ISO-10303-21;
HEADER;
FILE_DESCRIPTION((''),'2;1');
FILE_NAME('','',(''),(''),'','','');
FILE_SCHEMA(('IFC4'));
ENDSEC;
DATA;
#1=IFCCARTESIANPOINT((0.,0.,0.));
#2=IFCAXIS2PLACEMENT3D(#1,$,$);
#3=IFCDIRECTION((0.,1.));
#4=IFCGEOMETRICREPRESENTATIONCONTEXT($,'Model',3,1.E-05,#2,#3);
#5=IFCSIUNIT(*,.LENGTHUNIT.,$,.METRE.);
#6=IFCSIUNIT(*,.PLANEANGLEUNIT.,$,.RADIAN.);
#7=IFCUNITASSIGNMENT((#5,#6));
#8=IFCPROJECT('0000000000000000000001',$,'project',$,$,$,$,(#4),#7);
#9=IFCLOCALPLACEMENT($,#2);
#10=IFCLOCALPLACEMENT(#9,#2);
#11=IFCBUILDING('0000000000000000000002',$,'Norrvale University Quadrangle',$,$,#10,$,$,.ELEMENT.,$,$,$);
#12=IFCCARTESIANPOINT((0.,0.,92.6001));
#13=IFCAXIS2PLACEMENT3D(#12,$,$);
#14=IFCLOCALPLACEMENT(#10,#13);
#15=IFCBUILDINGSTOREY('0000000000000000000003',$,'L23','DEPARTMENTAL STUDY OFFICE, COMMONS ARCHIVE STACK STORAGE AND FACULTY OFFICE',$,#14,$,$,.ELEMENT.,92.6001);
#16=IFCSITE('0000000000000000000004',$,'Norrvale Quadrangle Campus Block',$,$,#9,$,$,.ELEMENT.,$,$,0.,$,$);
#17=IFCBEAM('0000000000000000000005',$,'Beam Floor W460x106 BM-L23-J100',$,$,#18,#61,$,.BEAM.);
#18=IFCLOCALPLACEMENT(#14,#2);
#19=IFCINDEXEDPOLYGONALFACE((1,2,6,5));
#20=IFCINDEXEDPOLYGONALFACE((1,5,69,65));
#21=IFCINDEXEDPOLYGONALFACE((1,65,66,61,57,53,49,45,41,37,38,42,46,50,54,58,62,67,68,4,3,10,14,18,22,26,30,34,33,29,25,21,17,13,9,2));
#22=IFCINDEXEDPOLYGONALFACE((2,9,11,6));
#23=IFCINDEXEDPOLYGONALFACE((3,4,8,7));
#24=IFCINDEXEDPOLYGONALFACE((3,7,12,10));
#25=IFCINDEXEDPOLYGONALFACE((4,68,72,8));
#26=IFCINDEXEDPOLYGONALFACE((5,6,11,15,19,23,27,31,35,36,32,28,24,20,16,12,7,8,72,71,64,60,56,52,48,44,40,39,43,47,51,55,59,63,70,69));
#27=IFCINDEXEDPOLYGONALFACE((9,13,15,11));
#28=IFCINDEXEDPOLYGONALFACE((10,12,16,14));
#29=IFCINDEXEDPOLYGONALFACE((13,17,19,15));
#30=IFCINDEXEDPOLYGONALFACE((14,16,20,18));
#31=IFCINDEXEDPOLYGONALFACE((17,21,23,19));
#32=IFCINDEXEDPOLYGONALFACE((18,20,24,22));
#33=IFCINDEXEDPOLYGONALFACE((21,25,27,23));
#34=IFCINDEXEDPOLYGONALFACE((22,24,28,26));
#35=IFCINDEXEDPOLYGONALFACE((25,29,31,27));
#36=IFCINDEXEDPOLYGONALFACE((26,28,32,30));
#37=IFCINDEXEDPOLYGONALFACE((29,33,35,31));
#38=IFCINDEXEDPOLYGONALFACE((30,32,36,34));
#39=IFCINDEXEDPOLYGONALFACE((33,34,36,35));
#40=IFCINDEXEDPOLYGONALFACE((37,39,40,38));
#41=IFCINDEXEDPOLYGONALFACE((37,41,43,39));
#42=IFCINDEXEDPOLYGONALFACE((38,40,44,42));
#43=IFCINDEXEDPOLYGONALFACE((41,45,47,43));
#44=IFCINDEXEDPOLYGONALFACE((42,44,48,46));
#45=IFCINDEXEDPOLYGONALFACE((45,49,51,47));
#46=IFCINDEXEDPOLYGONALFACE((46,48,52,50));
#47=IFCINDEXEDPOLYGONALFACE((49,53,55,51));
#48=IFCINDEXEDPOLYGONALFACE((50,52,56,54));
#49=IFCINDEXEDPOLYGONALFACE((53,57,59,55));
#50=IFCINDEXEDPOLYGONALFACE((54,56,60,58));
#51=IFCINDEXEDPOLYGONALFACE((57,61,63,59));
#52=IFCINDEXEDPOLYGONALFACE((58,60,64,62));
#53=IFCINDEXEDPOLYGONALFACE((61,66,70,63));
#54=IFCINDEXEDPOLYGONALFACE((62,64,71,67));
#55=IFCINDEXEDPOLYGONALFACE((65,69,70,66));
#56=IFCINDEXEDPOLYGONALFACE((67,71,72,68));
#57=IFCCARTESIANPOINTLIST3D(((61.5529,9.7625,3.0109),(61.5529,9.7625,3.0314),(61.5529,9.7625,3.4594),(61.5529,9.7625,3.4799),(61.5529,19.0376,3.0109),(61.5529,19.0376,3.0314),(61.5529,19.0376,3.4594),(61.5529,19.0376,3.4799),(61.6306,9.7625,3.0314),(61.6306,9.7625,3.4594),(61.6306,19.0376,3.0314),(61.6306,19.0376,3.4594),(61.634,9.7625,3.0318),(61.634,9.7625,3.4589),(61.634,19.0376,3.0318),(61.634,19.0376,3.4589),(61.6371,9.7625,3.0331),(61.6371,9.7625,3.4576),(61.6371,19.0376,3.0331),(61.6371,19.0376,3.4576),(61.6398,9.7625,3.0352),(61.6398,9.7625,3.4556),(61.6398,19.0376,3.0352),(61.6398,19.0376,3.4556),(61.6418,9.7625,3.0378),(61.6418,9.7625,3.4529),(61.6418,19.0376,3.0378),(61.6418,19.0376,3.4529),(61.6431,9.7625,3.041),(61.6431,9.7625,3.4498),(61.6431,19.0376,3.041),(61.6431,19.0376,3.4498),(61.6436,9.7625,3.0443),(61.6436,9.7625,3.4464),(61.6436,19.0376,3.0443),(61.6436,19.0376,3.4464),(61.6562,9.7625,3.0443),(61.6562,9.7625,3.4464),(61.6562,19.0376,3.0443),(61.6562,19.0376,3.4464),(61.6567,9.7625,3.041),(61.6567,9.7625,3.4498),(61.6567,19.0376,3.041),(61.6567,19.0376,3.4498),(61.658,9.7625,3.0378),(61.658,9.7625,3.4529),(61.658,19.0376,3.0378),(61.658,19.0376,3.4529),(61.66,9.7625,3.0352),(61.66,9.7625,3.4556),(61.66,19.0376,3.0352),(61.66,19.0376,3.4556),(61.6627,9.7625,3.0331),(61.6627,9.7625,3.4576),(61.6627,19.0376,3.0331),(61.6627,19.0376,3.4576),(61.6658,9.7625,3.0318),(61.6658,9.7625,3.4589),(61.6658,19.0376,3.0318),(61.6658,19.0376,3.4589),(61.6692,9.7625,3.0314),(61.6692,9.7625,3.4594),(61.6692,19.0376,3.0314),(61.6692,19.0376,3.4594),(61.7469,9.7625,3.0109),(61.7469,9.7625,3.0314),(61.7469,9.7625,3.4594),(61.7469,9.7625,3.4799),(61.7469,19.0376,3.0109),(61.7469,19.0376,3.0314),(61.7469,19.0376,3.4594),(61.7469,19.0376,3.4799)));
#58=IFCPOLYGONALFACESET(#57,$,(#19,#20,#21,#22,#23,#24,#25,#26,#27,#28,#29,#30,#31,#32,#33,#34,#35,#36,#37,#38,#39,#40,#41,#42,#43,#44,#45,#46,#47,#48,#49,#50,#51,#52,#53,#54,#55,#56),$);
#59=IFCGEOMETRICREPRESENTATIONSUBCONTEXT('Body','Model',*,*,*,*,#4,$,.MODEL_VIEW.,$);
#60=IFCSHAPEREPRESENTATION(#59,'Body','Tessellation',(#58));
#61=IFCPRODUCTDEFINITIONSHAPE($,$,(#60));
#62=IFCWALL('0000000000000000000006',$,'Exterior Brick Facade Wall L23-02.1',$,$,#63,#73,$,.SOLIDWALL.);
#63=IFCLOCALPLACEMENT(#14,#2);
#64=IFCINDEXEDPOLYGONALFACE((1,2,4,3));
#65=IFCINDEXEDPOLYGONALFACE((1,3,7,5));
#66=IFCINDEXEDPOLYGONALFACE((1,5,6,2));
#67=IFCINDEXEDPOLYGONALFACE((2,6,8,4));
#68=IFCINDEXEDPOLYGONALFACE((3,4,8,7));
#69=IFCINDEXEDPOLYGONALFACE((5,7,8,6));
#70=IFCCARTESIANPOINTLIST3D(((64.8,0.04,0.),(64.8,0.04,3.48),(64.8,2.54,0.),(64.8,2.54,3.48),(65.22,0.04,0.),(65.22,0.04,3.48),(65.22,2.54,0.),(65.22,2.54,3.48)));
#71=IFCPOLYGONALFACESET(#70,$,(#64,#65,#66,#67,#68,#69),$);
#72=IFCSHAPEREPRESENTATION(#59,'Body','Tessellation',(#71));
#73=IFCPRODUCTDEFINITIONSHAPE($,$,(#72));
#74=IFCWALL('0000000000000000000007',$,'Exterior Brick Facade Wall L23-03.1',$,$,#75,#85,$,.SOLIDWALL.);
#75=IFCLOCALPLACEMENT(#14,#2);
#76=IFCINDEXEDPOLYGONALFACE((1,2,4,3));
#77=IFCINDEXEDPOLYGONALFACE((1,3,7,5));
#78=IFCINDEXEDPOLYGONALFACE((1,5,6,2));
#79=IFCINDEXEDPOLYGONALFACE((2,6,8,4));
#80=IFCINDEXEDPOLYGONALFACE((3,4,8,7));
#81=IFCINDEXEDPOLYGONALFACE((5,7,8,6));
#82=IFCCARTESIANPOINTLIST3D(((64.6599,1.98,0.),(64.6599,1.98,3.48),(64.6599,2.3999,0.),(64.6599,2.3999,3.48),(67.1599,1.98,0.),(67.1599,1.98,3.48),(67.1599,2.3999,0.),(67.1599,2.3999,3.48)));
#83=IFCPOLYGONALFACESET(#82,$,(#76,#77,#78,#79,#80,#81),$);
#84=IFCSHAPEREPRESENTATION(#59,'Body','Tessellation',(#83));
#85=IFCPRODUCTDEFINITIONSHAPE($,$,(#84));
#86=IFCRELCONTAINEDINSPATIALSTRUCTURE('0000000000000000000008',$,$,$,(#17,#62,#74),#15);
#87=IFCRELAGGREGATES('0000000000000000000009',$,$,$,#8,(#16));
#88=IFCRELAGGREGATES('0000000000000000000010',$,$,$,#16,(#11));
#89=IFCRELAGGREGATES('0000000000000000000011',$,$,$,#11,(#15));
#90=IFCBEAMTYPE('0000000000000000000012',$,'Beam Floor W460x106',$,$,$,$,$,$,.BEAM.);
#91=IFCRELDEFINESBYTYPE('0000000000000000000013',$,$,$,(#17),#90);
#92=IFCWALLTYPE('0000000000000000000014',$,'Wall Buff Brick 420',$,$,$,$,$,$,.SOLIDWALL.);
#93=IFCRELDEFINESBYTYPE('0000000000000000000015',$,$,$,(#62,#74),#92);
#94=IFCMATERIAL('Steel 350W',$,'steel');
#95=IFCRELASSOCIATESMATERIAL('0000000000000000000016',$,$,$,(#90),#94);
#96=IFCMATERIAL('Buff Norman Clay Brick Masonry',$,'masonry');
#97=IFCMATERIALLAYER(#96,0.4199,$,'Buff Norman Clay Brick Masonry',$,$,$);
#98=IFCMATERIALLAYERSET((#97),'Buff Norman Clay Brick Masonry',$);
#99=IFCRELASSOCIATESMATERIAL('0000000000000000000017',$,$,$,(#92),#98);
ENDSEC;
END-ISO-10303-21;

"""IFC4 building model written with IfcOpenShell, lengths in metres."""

from ifc_helpers import new_model, si_unit, direction, frame, frame_2d, origin, origin_2d, place, context, subcontext, project, spatial, rectangle, i_section, extrude, material, layer, layer_set, material_profile, profile_set, type_object, element, save


model = new_model("IFC4")

# Units and contexts
model_context = context("Model", 3, precision=1e-05, world=origin(), true_north=direction((0.0, 1.0)))
body_context = subcontext(model_context, "Body", "Model", "MODEL_VIEW")
ifc_project = project(units=[si_unit("LENGTHUNIT", "METRE"), si_unit("PLANEANGLEUNIT", "RADIAN")], contexts=[model_context])

# Site, building, storey
site_placement = place(None, origin())
site = spatial("IfcSite", under=ifc_project, at=site_placement, Name="Norrvale Quadrangle Campus Block", CompositionType="ELEMENT", RefElevation=0.0)
building_placement = place(site_placement, origin())
building = spatial("IfcBuilding", under=site, at=building_placement, Name="Norrvale University Quadrangle", CompositionType="ELEMENT")
storey_placement = place(building_placement, frame((0.0, 0.0, 92.6001)))
storey = spatial("IfcBuildingStorey", under=building, at=storey_placement, Name="L23", Description="DEPARTMENTAL STUDY OFFICE, COMMONS ARCHIVE STACK STORAGE AND FACULTY OFFICE", CompositionType="ELEMENT", Elevation=92.6001)

# Beam
ifc_material_1 = material(Name="Steel 350W", Category="steel")
ifc_material_profile_1 = material_profile(ifc_material_1, i_section(OverallWidth=0.1941, OverallDepth=0.469, WebThickness=0.0127, FlangeThickness=0.0205, FilletRadius=0.0129, at=origin_2d()), Name="Steel 350W")
ifc_profile_set_1 = profile_set([ifc_material_profile_1], Name="Steel 350W")
beam_type_1 = type_object("IfcBeamType", Name="Beam Floor W460x106", PredefinedType="BEAM", material=ifc_profile_set_1)
for number, where, z_axis, x_axis, name in (
    (1, (61.6499, 9.7625, 3.2454), (0.0, 1.0, 0.0), (-1.0, 0.0, 0.0), "Beam Floor W460x106 BM-L23-J100"),
):
    element("IfcBeam", number, at=place(storey_placement, frame(where, z_axis=z_axis, x_axis=x_axis)), inside=storey, type_object=beam_type_1, Name=name, PredefinedType="BEAM", context=body_context, shape_type="SweptSolid", body=[
        extrude(i_section(OverallWidth=0.1941, OverallDepth=0.469, WebThickness=0.0127, FlangeThickness=0.0205, FilletRadius=0.0129, at=origin_2d()), origin(), (0.0, 0.0, 1.0), 9.2751),
    ])

# Walls
ifc_material_2 = material(Name="Buff Norman Clay Brick Masonry", Category="masonry")
ifc_layer_1 = layer(ifc_material_2, 0.4199, Name="Buff Norman Clay Brick Masonry")
ifc_layer_set_1 = layer_set([ifc_layer_1], Name="Buff Norman Clay Brick Masonry")
wall_type_1 = type_object("IfcWallType", Name="Wall Buff Brick 420", PredefinedType="SOLIDWALL", material=ifc_layer_set_1)
for number, where, z_axis, x_axis, name in (
    (2, (65.01, 0.04, 0.0), (0.0, 0.0, 1.0), (0.0, 1.0, 0.0), "Exterior Brick Facade Wall L23-02.1"),
    (3, (64.6599, 2.1899, 0.0), (0.0, 0.0, 1.0), (1.0, 0.0, 0.0), "Exterior Brick Facade Wall L23-03.1"),
):
    element("IfcWall", number, at=place(storey_placement, frame(where, z_axis=z_axis, x_axis=x_axis)), inside=storey, type_object=wall_type_1, Name=name, PredefinedType="SOLIDWALL", context=body_context, shape_type="SweptSolid", body=[
        extrude(rectangle(XDim=2.5, YDim=0.4199, at=frame_2d((1.25, 0.0))), origin(), (0.0, 0.0, 1.0), 3.48),
    ])

save(model, "model.ifc")
